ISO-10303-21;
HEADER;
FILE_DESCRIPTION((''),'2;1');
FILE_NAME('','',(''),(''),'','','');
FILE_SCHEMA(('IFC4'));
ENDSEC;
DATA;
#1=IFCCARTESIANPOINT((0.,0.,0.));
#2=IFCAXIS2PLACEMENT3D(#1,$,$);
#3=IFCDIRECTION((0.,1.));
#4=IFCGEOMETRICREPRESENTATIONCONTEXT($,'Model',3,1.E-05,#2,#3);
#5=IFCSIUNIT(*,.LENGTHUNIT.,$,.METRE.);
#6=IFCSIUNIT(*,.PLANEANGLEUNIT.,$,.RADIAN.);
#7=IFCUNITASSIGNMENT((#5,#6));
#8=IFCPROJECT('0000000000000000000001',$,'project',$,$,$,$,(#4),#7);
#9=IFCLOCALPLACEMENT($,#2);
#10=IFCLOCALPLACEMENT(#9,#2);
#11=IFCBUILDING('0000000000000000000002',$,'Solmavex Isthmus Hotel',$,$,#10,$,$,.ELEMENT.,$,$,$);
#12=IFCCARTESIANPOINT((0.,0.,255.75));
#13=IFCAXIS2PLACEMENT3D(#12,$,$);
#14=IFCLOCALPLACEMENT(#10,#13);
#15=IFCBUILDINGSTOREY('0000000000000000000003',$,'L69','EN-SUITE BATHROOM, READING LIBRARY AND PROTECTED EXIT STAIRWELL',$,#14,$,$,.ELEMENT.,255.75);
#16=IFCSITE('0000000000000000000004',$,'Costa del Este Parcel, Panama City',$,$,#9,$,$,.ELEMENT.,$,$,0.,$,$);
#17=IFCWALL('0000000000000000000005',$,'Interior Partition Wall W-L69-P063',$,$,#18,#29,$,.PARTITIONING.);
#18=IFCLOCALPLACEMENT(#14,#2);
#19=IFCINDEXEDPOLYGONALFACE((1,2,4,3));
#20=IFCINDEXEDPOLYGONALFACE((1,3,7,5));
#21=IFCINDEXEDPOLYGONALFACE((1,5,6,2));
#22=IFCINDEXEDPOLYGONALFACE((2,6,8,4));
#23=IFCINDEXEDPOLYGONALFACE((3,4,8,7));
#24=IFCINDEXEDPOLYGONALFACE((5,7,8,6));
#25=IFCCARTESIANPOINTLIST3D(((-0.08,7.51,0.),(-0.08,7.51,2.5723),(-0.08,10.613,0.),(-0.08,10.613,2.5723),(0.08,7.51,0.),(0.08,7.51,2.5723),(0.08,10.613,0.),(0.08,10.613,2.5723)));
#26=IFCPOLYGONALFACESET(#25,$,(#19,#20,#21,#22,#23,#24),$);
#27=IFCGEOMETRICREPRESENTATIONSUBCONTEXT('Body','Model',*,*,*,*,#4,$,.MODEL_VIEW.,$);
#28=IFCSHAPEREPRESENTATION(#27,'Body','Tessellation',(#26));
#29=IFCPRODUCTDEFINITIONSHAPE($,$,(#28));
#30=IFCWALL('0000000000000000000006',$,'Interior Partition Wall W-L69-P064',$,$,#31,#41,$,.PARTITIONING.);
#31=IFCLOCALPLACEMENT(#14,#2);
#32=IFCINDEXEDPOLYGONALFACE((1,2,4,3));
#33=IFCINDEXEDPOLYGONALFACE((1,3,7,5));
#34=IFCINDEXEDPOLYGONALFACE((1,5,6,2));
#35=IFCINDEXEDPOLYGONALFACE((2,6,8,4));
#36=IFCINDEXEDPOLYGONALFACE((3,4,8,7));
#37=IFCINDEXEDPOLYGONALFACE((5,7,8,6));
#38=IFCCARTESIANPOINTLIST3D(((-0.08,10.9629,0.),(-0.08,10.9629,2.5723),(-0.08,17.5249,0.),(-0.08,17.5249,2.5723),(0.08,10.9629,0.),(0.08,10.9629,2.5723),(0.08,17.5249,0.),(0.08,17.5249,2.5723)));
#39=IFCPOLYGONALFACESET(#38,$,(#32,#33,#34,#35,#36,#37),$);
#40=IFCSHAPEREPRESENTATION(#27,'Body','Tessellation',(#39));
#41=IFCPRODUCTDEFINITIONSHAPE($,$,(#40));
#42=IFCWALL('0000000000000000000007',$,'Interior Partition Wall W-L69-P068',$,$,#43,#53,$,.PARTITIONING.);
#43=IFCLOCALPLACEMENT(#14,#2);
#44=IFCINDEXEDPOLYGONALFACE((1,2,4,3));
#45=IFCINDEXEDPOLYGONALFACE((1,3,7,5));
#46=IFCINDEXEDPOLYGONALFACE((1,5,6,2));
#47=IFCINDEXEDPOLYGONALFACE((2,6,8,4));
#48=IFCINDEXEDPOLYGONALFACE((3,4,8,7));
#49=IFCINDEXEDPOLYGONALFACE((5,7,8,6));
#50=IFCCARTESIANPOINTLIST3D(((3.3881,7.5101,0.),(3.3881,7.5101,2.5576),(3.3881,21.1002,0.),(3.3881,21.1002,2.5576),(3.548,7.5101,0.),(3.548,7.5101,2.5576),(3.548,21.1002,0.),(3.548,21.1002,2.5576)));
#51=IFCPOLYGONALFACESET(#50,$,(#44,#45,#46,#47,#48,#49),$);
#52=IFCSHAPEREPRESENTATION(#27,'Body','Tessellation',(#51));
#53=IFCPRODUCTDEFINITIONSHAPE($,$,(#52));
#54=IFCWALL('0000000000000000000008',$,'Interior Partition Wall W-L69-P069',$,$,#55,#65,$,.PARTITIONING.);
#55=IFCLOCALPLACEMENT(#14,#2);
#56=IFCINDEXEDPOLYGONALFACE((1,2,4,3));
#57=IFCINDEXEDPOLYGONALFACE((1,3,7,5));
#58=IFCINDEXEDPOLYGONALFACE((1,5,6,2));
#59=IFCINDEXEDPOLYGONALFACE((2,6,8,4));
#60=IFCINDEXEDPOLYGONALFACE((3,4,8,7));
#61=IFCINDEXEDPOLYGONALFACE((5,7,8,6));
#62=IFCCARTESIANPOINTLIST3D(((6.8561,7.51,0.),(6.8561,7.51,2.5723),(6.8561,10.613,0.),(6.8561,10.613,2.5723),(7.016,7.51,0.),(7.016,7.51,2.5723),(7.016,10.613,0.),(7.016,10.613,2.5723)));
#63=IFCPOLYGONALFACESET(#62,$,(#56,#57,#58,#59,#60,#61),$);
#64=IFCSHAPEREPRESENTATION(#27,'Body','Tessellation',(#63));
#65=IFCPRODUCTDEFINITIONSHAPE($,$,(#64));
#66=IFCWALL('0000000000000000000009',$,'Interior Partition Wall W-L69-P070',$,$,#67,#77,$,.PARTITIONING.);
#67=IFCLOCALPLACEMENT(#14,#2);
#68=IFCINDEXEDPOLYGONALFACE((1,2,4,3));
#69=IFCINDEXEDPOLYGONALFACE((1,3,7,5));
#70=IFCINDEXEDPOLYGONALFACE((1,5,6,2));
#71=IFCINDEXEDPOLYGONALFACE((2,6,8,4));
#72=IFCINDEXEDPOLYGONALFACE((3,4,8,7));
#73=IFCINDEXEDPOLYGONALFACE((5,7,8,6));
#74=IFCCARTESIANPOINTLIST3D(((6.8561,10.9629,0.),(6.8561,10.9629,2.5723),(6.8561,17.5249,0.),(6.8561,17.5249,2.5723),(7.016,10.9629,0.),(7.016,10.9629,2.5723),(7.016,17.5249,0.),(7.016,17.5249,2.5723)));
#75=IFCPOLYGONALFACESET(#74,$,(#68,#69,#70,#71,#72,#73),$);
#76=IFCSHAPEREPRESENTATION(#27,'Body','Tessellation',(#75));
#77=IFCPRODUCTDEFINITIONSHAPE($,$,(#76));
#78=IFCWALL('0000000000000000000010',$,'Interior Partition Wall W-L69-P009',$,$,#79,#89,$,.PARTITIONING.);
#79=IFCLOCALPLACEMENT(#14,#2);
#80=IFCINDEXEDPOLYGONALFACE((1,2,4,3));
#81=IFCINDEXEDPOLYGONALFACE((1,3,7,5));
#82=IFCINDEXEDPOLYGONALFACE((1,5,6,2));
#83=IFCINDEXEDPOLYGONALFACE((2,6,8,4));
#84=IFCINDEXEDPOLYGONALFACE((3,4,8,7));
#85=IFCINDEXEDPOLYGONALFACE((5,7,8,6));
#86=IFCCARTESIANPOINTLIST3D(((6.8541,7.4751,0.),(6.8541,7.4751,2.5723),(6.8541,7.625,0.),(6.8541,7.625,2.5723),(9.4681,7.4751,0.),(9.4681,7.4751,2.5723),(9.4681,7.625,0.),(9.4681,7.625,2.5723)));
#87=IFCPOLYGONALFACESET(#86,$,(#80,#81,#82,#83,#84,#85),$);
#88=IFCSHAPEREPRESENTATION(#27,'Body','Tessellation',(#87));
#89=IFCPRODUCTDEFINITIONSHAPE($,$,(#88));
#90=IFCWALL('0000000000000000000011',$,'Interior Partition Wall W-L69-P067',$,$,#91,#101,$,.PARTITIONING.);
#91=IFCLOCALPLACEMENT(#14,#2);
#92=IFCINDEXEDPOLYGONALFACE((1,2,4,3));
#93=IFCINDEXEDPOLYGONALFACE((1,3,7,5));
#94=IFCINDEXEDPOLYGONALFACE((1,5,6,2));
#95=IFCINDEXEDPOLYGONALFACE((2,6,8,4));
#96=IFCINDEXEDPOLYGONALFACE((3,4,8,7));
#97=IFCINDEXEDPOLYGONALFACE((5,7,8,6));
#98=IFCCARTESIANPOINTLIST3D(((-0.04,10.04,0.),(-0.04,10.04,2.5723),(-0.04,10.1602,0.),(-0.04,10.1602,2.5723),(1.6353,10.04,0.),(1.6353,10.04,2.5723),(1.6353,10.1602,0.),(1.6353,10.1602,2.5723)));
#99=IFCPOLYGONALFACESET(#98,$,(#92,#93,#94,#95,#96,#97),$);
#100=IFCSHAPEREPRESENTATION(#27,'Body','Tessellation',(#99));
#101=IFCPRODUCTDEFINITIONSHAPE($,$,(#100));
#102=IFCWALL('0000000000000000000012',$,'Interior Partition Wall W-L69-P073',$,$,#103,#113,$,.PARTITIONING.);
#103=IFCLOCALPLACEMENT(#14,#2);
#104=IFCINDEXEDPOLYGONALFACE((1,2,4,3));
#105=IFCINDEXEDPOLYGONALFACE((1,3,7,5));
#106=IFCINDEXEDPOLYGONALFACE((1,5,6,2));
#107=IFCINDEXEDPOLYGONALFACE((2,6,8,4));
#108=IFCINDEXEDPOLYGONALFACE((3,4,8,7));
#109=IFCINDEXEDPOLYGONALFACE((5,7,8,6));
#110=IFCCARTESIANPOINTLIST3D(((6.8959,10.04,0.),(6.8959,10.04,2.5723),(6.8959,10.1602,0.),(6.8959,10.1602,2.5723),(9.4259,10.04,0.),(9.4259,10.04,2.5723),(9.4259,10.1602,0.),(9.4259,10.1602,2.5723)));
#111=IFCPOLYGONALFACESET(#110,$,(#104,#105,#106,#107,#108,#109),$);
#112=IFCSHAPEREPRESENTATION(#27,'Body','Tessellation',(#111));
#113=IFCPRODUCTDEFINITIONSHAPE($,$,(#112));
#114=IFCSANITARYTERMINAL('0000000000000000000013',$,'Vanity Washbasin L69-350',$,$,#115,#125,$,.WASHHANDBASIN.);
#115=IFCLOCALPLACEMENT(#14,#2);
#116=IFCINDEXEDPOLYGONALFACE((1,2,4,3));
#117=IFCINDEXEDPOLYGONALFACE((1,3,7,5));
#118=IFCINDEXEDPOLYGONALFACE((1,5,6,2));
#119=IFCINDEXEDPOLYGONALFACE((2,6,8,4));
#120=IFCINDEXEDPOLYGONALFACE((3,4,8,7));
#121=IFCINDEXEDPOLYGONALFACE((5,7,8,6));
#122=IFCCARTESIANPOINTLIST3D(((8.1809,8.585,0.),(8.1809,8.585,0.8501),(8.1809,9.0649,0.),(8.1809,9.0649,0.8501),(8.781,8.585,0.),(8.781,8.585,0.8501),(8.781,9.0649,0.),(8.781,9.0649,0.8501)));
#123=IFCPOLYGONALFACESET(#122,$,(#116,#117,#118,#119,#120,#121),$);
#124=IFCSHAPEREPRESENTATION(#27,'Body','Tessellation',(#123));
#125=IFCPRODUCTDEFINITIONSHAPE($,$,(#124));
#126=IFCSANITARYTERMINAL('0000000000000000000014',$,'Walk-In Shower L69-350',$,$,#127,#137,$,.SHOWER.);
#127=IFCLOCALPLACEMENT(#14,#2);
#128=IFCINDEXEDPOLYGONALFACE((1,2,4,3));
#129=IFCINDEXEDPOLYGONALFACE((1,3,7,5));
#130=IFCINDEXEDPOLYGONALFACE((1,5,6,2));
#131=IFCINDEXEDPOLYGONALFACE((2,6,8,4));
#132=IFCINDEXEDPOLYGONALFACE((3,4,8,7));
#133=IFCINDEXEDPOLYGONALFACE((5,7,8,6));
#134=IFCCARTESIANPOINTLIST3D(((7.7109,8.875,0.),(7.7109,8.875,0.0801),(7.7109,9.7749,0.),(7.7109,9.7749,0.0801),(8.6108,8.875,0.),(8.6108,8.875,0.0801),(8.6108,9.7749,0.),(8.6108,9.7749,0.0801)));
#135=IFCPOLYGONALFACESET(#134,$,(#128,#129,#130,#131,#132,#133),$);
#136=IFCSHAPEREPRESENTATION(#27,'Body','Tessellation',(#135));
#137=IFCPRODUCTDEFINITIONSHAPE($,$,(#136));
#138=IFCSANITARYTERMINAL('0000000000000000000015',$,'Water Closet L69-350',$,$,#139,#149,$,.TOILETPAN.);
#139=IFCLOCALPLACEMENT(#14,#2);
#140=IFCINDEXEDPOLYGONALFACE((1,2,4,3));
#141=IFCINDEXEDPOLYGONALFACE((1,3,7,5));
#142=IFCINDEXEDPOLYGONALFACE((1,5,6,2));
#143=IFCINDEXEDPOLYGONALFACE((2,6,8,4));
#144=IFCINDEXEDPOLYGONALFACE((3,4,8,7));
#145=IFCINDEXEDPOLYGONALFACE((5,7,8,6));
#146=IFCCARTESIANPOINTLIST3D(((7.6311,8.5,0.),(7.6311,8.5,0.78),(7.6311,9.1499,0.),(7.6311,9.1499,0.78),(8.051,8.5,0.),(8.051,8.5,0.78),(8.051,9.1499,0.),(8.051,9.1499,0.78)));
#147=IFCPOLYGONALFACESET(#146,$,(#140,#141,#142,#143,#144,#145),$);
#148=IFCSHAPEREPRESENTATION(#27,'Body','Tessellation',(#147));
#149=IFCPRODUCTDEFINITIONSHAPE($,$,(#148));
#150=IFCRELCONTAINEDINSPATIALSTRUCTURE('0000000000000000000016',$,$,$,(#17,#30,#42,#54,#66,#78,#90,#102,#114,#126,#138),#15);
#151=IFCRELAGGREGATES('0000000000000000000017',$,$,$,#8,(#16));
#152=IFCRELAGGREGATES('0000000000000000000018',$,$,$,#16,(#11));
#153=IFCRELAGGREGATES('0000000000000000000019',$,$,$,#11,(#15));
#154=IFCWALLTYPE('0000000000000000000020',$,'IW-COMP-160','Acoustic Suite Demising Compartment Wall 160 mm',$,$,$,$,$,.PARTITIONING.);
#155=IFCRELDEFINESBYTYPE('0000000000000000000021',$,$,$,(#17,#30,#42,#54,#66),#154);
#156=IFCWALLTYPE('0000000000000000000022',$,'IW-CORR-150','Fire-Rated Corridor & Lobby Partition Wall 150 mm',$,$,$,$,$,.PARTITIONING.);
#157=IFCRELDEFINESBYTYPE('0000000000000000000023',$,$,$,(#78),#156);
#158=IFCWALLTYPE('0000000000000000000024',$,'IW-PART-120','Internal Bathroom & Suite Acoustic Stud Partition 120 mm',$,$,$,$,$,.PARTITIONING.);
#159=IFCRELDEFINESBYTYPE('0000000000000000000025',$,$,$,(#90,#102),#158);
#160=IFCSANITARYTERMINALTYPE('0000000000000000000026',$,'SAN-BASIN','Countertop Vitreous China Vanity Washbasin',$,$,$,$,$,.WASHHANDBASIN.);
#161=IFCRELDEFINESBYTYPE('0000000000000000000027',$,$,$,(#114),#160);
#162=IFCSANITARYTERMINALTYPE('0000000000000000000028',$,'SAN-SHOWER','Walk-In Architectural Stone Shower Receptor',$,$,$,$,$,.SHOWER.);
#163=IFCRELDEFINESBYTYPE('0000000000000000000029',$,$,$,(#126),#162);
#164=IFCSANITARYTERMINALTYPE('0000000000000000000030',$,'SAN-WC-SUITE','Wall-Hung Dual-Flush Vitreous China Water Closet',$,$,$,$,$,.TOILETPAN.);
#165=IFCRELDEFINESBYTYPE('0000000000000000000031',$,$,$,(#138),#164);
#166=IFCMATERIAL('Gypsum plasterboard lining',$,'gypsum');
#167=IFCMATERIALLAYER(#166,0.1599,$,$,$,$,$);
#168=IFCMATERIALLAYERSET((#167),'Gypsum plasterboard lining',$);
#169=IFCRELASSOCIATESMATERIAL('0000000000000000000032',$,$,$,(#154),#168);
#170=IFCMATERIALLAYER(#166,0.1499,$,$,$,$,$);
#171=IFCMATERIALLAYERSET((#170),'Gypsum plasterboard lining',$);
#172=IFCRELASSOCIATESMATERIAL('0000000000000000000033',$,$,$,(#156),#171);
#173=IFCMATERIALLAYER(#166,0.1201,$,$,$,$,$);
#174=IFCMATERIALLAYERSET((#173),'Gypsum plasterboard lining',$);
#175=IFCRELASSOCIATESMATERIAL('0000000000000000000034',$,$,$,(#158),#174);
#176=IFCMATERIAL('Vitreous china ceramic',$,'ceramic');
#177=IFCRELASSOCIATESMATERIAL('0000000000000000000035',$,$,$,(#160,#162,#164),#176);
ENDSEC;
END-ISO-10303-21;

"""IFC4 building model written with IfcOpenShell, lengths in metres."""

from ifc_helpers import new_model, si_unit, direction, frame, frame_2d, origin, origin_2d, place, context, subcontext, project, spatial, rectangle, extrude, material, layer, layer_set, type_object, element, save


model = new_model("IFC4")

# Units and contexts
model_context = context("Model", 3, precision=1e-05, world=origin(), true_north=direction((0.0, 1.0)))
body_context = subcontext(model_context, "Body", "Model", "MODEL_VIEW")
ifc_project = project(units=[si_unit("LENGTHUNIT", "METRE"), si_unit("PLANEANGLEUNIT", "RADIAN")], contexts=[model_context])

# Site, building, storey
site_placement = place(None, origin())
site = spatial("IfcSite", under=ifc_project, at=site_placement, Name="Costa del Este Parcel, Panama City", CompositionType="ELEMENT", RefElevation=0.0)
building_placement = place(site_placement, origin())
building = spatial("IfcBuilding", under=site, at=building_placement, Name="Solmavex Isthmus Hotel", CompositionType="ELEMENT")
storey_placement = place(building_placement, frame((0.0, 0.0, 255.75)))
storey = spatial("IfcBuildingStorey", under=building, at=storey_placement, Name="L69", Description="EN-SUITE BATHROOM, READING LIBRARY AND PROTECTED EXIT STAIRWELL", CompositionType="ELEMENT", Elevation=255.75)

# Walls
ifc_material_1 = material(Name="Gypsum plasterboard lining", Category="gypsum")
ifc_layer_1 = layer(ifc_material_1, 0.1599)
ifc_layer_set_1 = layer_set([ifc_layer_1], Name="Gypsum plasterboard lining")
wall_type_1 = type_object("IfcWallType", Name="IW-COMP-160", Description="Acoustic Suite Demising Compartment Wall 160 mm", PredefinedType="PARTITIONING", material=ifc_layer_set_1)
wall_1_placement = place(storey_placement, frame((0.0, 10.613, 0.0), z_axis=(0.0, 0.0, 1.0), x_axis=(0.0, -1.0, 0.0)))
element("IfcWall", 1, at=wall_1_placement, inside=storey, type_object=wall_type_1, Name="Interior Partition Wall W-L69-P063", PredefinedType="PARTITIONING", context=body_context, shape_type="SweptSolid", body=[
    extrude(rectangle(XDim=3.103, YDim=0.1599, at=frame_2d((1.5515, 0.0))), origin(), (0.0, 0.0, 1.0), 2.5723),
])
wall_2_placement = place(storey_placement, frame((0.0, 17.5249, 0.0), z_axis=(0.0, 0.0, 1.0), x_axis=(0.0, -1.0, 0.0)))
element("IfcWall", 2, at=wall_2_placement, inside=storey, type_object=wall_type_1, Name="Interior Partition Wall W-L69-P064", PredefinedType="PARTITIONING", context=body_context, shape_type="SweptSolid", body=[
    extrude(rectangle(XDim=6.562, YDim=0.1599, at=frame_2d((3.281, 0.0))), origin(), (0.0, 0.0, 1.0), 2.5723),
])
wall_3_placement = place(storey_placement, frame((3.468, 21.1001, 0.0), z_axis=(0.0, 0.0, 1.0), x_axis=(0.0, -1.0, 0.0)))
element("IfcWall", 3, at=wall_3_placement, inside=storey, type_object=wall_type_1, Name="Interior Partition Wall W-L69-P068", PredefinedType="PARTITIONING", context=body_context, shape_type="SweptSolid", body=[
    extrude(rectangle(XDim=13.5901, YDim=0.1599, at=frame_2d((6.7949, 0.0))), origin(), (0.0, 0.0, 1.0), 2.5576),
])
wall_4_placement = place(storey_placement, frame((6.936, 10.613, 0.0), z_axis=(0.0, 0.0, 1.0), x_axis=(0.0, -1.0, 0.0)))
element("IfcWall", 4, at=wall_4_placement, inside=storey, type_object=wall_type_1, Name="Interior Partition Wall W-L69-P069", PredefinedType="PARTITIONING", context=body_context, shape_type="SweptSolid", body=[
    extrude(rectangle(XDim=3.103, YDim=0.1599, at=frame_2d((1.5515, 0.0))), origin(), (0.0, 0.0, 1.0), 2.5723),
])
wall_5_placement = place(storey_placement, frame((6.936, 17.5249, 0.0), z_axis=(0.0, 0.0, 1.0), x_axis=(0.0, -1.0, 0.0)))
element("IfcWall", 5, at=wall_5_placement, inside=storey, type_object=wall_type_1, Name="Interior Partition Wall W-L69-P070", PredefinedType="PARTITIONING", context=body_context, shape_type="SweptSolid", body=[
    extrude(rectangle(XDim=6.562, YDim=0.1599, at=frame_2d((3.281, 0.0))), origin(), (0.0, 0.0, 1.0), 2.5723),
])

# Shared definitions
ifc_layer_2 = layer(ifc_material_1, 0.1499)
ifc_layer_set_2 = layer_set([ifc_layer_2], Name="Gypsum plasterboard lining")
wall_type_2 = type_object("IfcWallType", Name="IW-CORR-150", Description="Fire-Rated Corridor & Lobby Partition Wall 150 mm", PredefinedType="PARTITIONING", material=ifc_layer_set_2)

# Walls
wall_6_placement = place(storey_placement, frame((6.854, 7.55, 0.0), z_axis=(0.0, 0.0, 1.0), x_axis=(1.0, 0.0, 0.0)))
element("IfcWall", 6, at=wall_6_placement, inside=storey, type_object=wall_type_2, Name="Interior Partition Wall W-L69-P009", PredefinedType="PARTITIONING", context=body_context, shape_type="SweptSolid", body=[
    extrude(rectangle(XDim=2.614, YDim=0.1499, at=frame_2d((1.3071, 0.0))), origin(), (0.0, 0.0, 1.0), 2.5723),
])
ifc_layer_3 = layer(ifc_material_1, 0.1201)
ifc_layer_set_3 = layer_set([ifc_layer_3], Name="Gypsum plasterboard lining")
wall_type_3 = type_object("IfcWallType", Name="IW-PART-120", Description="Internal Bathroom & Suite Acoustic Stud Partition 120 mm", PredefinedType="PARTITIONING", material=ifc_layer_set_3)
wall_7_placement = place(storey_placement, frame((1.6353, 10.1001, 0.0), z_axis=(0.0, 0.0, 1.0), x_axis=(-1.0, 0.0, 0.0)))
element("IfcWall", 7, at=wall_7_placement, inside=storey, type_object=wall_type_3, Name="Interior Partition Wall W-L69-P067", PredefinedType="PARTITIONING", context=body_context, shape_type="SweptSolid", body=[
    extrude(rectangle(XDim=1.6753, YDim=0.1201, at=frame_2d((0.8376, 0.0))), origin(), (0.0, 0.0, 1.0), 2.5723),
])
wall_8_placement = place(storey_placement, frame((9.426, 10.1001, 0.0), z_axis=(0.0, 0.0, 1.0), x_axis=(-1.0, 0.0, 0.0)))
element("IfcWall", 8, at=wall_8_placement, inside=storey, type_object=wall_type_3, Name="Interior Partition Wall W-L69-P073", PredefinedType="PARTITIONING", context=body_context, shape_type="SweptSolid", body=[
    extrude(rectangle(XDim=2.53, YDim=0.1201, at=frame_2d((1.2651, 0.0))), origin(), (0.0, 0.0, 1.0), 2.5723),
])

# Sanitary terminals
ifc_material_2 = material(Name="Vitreous china ceramic", Category="ceramic")
sanitary_terminal_type_1 = type_object("IfcSanitaryTerminalType", Name="SAN-BASIN", Description="Countertop Vitreous China Vanity Washbasin", PredefinedType="WASHHANDBASIN", material=ifc_material_2)
sanitary_terminal_1_placement = place(storey_placement, frame((8.481, 8.825, 0.0), z_axis=(0.0, 0.0, 1.0), x_axis=(1.0, 0.0, 0.0)))
element("IfcSanitaryTerminal", 9, at=sanitary_terminal_1_placement, inside=storey, type_object=sanitary_terminal_type_1, Name="Vanity Washbasin L69-350", PredefinedType="WASHHANDBASIN", context=body_context, shape_type="SweptSolid", body=[
    extrude(rectangle(XDim=0.6001, YDim=0.48, at=origin_2d()), origin(), (0.0, 0.0, 1.0), 0.8501),
])
sanitary_terminal_type_2 = type_object("IfcSanitaryTerminalType", Name="SAN-SHOWER", Description="Walk-In Architectural Stone Shower Receptor", PredefinedType="SHOWER", material=ifc_material_2)
sanitary_terminal_2_placement = place(storey_placement, frame((8.1609, 9.325, 0.0), z_axis=(0.0, 0.0, 1.0), x_axis=(1.0, 0.0, 0.0)))
element("IfcSanitaryTerminal", 10, at=sanitary_terminal_2_placement, inside=storey, type_object=sanitary_terminal_type_2, Name="Walk-In Shower L69-350", PredefinedType="SHOWER", context=body_context, shape_type="SweptSolid", body=[
    extrude(rectangle(XDim=0.8999, YDim=0.8999, at=origin_2d()), origin(), (0.0, 0.0, 1.0), 0.0801),
])
sanitary_terminal_type_3 = type_object("IfcSanitaryTerminalType", Name="SAN-WC-SUITE", Description="Wall-Hung Dual-Flush Vitreous China Water Closet", PredefinedType="TOILETPAN", material=ifc_material_2)
sanitary_terminal_3_placement = place(storey_placement, frame((7.8411, 8.825, 0.0), z_axis=(0.0, 0.0, 1.0), x_axis=(1.0, 0.0, 0.0)))
element("IfcSanitaryTerminal", 11, at=sanitary_terminal_3_placement, inside=storey, type_object=sanitary_terminal_type_3, Name="Water Closet L69-350", PredefinedType="TOILETPAN", context=body_context, shape_type="SweptSolid", body=[
    extrude(rectangle(XDim=0.4199, YDim=0.6499, at=origin_2d()), origin(), (0.0, 0.0, 1.0), 0.78),
])

save(model, "model.ifc")
